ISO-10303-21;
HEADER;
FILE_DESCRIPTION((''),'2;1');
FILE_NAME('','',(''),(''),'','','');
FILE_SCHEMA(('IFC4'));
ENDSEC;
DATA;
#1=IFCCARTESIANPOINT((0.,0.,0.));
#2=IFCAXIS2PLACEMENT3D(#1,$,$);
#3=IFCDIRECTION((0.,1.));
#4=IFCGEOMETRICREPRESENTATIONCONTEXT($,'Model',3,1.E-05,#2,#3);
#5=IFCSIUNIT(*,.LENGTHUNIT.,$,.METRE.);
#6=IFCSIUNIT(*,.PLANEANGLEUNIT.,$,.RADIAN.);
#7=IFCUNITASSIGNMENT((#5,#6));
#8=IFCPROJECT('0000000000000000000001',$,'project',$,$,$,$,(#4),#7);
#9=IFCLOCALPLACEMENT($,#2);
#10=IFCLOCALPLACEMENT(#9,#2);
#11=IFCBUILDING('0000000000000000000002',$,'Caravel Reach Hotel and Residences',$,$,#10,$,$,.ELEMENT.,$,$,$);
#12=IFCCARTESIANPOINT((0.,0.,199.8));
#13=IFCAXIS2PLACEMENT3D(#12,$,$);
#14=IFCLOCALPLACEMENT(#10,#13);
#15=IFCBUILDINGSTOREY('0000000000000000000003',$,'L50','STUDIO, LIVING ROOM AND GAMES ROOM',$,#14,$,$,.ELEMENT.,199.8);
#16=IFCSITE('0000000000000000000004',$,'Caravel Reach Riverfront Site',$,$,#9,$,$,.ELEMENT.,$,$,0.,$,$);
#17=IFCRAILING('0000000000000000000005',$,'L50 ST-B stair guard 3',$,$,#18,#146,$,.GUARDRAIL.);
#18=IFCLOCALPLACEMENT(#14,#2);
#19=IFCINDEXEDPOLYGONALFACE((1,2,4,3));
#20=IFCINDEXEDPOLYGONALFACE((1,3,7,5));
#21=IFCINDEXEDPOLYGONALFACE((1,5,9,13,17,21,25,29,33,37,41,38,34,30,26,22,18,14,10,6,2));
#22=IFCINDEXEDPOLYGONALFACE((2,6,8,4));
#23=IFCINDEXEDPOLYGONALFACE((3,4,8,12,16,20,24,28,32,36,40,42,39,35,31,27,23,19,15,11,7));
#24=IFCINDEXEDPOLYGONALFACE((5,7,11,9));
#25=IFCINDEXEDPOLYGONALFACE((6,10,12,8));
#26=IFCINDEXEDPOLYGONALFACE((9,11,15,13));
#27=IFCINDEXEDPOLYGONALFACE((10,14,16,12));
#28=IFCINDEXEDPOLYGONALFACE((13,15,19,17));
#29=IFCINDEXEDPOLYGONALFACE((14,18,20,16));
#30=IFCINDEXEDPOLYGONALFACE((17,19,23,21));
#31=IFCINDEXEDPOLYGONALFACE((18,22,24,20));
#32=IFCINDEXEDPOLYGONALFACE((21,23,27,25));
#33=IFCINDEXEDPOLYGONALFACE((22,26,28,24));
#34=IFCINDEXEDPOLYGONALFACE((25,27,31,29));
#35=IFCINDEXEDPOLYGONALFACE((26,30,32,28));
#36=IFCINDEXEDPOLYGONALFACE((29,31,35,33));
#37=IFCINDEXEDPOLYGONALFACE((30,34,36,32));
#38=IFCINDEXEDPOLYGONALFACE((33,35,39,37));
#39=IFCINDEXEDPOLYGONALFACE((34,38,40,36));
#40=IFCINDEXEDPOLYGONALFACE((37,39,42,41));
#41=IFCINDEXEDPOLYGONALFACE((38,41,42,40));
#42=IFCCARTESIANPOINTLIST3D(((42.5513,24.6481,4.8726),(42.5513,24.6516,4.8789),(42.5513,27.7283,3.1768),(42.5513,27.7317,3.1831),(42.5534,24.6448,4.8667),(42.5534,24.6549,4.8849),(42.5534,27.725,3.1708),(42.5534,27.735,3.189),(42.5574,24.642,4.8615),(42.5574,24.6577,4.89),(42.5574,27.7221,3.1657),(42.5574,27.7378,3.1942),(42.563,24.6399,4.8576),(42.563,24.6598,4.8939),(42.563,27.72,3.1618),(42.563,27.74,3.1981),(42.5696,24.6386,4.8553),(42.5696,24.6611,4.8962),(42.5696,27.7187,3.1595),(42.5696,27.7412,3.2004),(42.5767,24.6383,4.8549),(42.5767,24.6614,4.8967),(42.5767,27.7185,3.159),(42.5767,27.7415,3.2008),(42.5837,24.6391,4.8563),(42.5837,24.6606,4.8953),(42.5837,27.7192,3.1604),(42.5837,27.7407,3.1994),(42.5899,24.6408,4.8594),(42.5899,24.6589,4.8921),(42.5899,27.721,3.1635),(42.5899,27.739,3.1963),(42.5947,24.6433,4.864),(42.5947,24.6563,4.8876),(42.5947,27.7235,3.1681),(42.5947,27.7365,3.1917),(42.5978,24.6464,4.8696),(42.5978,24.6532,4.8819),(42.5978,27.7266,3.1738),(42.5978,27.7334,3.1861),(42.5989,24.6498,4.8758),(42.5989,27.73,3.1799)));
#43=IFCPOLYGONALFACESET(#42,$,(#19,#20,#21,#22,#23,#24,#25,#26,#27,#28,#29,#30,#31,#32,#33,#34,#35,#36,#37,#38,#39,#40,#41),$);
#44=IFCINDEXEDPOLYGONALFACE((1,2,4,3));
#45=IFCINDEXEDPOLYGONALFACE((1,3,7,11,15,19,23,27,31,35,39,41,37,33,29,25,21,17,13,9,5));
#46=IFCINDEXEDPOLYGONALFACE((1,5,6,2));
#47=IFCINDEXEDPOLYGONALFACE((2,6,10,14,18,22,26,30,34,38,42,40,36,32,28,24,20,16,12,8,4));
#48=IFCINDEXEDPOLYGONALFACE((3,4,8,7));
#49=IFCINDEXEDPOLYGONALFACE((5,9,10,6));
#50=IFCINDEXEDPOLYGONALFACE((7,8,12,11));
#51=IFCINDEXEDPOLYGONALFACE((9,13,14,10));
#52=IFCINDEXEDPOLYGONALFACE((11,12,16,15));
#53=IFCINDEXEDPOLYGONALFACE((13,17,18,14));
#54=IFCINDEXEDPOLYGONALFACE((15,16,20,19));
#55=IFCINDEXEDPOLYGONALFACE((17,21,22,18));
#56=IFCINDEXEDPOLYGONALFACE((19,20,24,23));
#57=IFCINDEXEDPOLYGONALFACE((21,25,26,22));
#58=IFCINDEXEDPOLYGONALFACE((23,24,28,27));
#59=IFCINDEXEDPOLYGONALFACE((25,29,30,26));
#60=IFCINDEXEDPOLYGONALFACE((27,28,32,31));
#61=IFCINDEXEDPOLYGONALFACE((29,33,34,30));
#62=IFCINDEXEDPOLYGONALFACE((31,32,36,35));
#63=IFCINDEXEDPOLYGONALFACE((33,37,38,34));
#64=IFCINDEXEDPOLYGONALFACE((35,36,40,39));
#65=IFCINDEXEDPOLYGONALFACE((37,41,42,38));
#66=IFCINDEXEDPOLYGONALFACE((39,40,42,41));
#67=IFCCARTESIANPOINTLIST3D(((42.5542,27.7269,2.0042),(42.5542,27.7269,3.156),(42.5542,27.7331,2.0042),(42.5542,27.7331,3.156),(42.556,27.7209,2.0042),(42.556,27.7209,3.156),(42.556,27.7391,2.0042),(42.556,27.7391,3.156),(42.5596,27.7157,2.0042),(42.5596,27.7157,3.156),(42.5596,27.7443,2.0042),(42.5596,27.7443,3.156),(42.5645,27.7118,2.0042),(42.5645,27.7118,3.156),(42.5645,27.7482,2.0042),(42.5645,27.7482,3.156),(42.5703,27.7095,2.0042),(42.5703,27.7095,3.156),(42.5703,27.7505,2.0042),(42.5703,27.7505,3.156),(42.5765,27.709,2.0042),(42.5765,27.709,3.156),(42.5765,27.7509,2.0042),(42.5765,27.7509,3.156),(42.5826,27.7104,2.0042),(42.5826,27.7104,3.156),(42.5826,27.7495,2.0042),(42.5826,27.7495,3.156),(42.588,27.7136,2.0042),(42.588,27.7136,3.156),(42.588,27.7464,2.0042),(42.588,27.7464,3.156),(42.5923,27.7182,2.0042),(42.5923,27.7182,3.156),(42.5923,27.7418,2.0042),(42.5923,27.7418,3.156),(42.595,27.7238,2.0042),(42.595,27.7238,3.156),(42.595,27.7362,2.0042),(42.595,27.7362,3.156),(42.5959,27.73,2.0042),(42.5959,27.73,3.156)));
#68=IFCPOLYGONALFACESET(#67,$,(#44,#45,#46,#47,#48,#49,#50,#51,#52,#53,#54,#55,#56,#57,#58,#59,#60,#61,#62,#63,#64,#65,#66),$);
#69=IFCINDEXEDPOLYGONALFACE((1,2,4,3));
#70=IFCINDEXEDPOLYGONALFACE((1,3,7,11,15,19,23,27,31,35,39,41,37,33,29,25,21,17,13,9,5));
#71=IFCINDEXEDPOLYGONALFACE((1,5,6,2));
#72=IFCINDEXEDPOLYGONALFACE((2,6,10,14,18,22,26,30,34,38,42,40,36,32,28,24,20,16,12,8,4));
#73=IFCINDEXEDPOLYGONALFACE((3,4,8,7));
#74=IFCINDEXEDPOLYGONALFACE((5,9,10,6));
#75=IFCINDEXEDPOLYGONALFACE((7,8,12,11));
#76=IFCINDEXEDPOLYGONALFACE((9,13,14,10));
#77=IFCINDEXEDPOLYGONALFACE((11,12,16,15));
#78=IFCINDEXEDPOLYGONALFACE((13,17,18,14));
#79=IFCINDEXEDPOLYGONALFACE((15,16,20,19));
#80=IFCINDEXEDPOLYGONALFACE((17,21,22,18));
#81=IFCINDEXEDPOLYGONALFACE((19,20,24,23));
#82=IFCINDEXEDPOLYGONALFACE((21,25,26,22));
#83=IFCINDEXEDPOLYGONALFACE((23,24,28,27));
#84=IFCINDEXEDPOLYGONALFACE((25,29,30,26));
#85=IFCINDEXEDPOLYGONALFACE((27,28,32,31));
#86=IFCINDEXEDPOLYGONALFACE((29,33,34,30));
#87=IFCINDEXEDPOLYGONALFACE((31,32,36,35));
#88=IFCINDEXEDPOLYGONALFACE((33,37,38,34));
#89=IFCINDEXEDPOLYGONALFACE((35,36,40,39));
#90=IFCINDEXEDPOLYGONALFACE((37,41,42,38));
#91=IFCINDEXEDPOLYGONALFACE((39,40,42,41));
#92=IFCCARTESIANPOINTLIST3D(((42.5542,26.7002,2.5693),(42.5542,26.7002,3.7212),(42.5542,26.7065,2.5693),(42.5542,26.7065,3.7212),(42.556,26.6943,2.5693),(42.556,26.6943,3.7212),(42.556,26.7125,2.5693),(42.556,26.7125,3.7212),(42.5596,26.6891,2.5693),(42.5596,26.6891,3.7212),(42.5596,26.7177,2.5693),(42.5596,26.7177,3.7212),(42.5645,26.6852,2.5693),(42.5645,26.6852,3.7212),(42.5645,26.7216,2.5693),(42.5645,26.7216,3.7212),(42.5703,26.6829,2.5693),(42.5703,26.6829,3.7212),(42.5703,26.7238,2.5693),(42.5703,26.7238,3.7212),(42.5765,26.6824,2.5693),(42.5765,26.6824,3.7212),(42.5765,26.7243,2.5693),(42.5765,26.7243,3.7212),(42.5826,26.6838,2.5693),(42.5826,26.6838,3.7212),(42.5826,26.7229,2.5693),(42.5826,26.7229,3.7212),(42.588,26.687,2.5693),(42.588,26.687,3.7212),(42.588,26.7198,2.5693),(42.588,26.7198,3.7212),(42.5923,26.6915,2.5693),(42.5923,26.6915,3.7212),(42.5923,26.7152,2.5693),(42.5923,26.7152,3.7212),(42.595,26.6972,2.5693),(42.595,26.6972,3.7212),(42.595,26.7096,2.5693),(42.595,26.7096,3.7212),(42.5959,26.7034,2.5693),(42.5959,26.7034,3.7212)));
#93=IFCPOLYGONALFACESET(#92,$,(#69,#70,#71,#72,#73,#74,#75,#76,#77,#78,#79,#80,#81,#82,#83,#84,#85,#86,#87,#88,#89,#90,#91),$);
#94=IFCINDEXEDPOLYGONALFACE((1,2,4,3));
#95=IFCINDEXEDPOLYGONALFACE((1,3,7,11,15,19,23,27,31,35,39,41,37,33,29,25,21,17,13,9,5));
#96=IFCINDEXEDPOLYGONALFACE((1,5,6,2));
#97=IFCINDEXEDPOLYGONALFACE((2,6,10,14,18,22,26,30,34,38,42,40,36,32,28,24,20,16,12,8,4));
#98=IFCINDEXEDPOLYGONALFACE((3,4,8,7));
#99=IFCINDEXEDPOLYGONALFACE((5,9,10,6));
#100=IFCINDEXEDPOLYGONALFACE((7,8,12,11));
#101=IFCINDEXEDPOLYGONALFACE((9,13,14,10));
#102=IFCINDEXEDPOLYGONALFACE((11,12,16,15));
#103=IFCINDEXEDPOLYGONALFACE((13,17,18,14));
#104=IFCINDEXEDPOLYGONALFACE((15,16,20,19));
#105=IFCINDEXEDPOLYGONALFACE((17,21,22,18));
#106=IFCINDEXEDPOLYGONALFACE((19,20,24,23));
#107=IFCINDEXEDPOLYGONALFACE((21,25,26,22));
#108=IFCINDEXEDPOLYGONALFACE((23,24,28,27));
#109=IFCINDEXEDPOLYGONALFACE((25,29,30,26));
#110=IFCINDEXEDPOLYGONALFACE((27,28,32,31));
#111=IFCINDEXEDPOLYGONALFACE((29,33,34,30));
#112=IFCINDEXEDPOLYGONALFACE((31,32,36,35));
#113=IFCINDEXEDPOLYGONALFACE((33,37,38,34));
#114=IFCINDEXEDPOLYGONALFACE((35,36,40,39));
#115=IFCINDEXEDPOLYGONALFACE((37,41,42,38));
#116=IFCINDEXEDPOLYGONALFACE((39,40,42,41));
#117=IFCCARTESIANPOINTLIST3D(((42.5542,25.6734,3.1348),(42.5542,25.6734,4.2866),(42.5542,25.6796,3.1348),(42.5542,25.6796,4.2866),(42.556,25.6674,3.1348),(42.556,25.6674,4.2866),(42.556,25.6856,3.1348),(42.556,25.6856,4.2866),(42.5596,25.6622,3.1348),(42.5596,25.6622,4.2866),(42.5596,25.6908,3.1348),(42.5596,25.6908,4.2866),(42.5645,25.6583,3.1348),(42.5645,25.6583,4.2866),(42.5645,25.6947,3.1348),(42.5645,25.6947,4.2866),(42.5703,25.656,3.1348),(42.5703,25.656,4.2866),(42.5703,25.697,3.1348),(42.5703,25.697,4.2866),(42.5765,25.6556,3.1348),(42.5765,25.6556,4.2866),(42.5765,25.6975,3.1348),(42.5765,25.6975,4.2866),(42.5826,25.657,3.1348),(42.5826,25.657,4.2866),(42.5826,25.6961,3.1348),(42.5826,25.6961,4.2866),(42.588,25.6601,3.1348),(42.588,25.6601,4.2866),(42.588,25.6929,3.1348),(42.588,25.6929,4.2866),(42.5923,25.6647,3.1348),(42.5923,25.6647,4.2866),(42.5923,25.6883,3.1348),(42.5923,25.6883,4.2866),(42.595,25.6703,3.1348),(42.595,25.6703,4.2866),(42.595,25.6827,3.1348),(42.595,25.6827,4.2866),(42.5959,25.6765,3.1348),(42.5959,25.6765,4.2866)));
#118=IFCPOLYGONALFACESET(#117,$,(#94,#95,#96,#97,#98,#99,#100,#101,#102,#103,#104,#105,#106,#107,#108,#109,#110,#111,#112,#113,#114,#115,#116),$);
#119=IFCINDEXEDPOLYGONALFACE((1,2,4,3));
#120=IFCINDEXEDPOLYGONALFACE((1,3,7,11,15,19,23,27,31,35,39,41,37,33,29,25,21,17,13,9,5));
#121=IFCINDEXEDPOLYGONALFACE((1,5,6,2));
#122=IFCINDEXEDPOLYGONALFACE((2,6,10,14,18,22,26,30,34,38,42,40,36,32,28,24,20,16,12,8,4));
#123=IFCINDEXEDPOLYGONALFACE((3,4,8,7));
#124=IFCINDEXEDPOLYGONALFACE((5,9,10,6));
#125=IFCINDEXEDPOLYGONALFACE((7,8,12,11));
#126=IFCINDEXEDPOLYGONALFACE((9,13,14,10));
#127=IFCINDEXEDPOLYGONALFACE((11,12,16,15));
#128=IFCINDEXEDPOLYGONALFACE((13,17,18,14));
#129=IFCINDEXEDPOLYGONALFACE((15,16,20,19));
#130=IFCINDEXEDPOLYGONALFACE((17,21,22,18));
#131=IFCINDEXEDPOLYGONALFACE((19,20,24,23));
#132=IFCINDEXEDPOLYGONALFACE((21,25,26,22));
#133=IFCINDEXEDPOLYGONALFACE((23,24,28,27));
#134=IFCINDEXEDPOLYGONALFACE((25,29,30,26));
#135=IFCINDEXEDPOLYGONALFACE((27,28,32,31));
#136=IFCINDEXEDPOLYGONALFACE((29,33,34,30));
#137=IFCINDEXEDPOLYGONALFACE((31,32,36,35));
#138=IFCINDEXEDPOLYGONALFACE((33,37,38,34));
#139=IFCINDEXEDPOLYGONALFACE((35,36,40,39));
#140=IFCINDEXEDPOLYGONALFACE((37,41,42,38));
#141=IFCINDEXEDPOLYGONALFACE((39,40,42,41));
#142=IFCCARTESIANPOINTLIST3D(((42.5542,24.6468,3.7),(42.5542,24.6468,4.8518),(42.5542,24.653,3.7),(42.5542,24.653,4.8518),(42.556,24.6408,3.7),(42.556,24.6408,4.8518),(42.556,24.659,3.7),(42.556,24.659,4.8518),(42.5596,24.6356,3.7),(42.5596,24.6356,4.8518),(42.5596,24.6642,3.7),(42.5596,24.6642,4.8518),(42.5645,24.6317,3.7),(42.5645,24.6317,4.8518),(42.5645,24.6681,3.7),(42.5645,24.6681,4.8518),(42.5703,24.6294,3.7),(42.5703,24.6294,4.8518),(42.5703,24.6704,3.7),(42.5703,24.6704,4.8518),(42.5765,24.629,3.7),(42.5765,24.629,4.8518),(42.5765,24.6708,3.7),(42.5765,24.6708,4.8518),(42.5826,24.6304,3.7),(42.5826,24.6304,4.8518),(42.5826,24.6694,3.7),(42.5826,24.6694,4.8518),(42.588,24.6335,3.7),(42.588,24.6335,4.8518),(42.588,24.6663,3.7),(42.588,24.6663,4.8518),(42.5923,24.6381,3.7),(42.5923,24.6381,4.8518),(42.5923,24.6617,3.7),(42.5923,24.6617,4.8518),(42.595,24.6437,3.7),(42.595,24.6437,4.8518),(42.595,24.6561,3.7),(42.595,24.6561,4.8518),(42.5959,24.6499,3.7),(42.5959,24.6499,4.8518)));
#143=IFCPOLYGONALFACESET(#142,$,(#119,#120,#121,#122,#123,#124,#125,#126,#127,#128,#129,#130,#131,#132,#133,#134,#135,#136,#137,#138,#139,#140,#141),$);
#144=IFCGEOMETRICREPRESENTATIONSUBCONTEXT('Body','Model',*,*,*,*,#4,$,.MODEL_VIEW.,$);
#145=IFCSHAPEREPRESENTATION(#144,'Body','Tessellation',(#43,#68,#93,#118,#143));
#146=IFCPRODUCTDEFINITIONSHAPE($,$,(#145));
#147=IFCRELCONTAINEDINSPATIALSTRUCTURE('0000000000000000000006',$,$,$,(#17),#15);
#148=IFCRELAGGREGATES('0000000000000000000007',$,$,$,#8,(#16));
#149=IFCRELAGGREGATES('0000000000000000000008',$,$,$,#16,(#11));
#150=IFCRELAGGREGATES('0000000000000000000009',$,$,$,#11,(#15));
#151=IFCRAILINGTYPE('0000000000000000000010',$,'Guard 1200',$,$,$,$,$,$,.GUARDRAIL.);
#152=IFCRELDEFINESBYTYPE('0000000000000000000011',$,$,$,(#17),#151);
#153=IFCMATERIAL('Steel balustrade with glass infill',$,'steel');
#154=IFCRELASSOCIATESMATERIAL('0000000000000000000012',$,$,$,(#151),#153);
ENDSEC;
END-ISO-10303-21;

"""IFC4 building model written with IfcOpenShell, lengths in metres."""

from ifc_helpers import new_model, si_unit, direction, frame, origin, origin_2d, place, context, subcontext, project, spatial, circle, extrude, material, type_object, element, save


model = new_model("IFC4")

# Units and contexts
model_context = context("Model", 3, precision=1e-05, world=origin(), true_north=direction((0.0, 1.0)))
body_context = subcontext(model_context, "Body", "Model", "MODEL_VIEW")
ifc_project = project(units=[si_unit("LENGTHUNIT", "METRE"), si_unit("PLANEANGLEUNIT", "RADIAN")], contexts=[model_context])

# Site, building, storey
site_placement = place(None, origin())
site = spatial("IfcSite", under=ifc_project, at=site_placement, Name="Caravel Reach Riverfront Site", CompositionType="ELEMENT", RefElevation=0.0)
building_placement = place(site_placement, origin())
building = spatial("IfcBuilding", under=site, at=building_placement, Name="Caravel Reach Hotel and Residences", CompositionType="ELEMENT")
storey_placement = place(building_placement, frame((0.0, 0.0, 199.8)))
storey = spatial("IfcBuildingStorey", under=building, at=storey_placement, Name="L50", Description="STUDIO, LIVING ROOM AND GAMES ROOM", CompositionType="ELEMENT", Elevation=199.8)

# Railing
ifc_material_1 = material(Name="Steel balustrade with glass infill", Category="steel")
railing_type_1 = type_object("IfcRailingType", Name="Guard 1200", PredefinedType="GUARDRAIL", material=ifc_material_1)
railing_1_placement = place(storey_placement, frame((42.575, 27.73, 2.0042)))
element("IfcRailing", 1, at=railing_1_placement, inside=storey, type_object=railing_type_1, Name="L50 ST-B stair guard 3", PredefinedType="GUARDRAIL", context=body_context, shape_type="SweptSolid", body=[
    extrude(circle(Radius=0.0239, at=origin_2d()), frame((0.0, 0.0, 1.1758), z_axis=(0.0, -0.876005, 0.482303), x_axis=(1.0, 0.0, 0.0)), (0.0, 0.0, 1.0), 3.5161),
    extrude(circle(Radius=0.021, at=origin_2d()), origin(), (0.0, 0.0, 1.0), 1.1519),
    extrude(circle(Radius=0.021, at=origin_2d()), frame((0.0, -1.0266, 0.5652)), (0.0, 0.0, 1.0), 1.1519),
    extrude(circle(Radius=0.021, at=origin_2d()), frame((0.0, -2.0535, 1.1306)), (0.0, 0.0, 1.0), 1.1519),
    extrude(circle(Radius=0.021, at=origin_2d()), frame((0.0, -3.0801, 1.6958)), (0.0, 0.0, 1.0), 1.1519),
])

save(model, "model.ifc")
